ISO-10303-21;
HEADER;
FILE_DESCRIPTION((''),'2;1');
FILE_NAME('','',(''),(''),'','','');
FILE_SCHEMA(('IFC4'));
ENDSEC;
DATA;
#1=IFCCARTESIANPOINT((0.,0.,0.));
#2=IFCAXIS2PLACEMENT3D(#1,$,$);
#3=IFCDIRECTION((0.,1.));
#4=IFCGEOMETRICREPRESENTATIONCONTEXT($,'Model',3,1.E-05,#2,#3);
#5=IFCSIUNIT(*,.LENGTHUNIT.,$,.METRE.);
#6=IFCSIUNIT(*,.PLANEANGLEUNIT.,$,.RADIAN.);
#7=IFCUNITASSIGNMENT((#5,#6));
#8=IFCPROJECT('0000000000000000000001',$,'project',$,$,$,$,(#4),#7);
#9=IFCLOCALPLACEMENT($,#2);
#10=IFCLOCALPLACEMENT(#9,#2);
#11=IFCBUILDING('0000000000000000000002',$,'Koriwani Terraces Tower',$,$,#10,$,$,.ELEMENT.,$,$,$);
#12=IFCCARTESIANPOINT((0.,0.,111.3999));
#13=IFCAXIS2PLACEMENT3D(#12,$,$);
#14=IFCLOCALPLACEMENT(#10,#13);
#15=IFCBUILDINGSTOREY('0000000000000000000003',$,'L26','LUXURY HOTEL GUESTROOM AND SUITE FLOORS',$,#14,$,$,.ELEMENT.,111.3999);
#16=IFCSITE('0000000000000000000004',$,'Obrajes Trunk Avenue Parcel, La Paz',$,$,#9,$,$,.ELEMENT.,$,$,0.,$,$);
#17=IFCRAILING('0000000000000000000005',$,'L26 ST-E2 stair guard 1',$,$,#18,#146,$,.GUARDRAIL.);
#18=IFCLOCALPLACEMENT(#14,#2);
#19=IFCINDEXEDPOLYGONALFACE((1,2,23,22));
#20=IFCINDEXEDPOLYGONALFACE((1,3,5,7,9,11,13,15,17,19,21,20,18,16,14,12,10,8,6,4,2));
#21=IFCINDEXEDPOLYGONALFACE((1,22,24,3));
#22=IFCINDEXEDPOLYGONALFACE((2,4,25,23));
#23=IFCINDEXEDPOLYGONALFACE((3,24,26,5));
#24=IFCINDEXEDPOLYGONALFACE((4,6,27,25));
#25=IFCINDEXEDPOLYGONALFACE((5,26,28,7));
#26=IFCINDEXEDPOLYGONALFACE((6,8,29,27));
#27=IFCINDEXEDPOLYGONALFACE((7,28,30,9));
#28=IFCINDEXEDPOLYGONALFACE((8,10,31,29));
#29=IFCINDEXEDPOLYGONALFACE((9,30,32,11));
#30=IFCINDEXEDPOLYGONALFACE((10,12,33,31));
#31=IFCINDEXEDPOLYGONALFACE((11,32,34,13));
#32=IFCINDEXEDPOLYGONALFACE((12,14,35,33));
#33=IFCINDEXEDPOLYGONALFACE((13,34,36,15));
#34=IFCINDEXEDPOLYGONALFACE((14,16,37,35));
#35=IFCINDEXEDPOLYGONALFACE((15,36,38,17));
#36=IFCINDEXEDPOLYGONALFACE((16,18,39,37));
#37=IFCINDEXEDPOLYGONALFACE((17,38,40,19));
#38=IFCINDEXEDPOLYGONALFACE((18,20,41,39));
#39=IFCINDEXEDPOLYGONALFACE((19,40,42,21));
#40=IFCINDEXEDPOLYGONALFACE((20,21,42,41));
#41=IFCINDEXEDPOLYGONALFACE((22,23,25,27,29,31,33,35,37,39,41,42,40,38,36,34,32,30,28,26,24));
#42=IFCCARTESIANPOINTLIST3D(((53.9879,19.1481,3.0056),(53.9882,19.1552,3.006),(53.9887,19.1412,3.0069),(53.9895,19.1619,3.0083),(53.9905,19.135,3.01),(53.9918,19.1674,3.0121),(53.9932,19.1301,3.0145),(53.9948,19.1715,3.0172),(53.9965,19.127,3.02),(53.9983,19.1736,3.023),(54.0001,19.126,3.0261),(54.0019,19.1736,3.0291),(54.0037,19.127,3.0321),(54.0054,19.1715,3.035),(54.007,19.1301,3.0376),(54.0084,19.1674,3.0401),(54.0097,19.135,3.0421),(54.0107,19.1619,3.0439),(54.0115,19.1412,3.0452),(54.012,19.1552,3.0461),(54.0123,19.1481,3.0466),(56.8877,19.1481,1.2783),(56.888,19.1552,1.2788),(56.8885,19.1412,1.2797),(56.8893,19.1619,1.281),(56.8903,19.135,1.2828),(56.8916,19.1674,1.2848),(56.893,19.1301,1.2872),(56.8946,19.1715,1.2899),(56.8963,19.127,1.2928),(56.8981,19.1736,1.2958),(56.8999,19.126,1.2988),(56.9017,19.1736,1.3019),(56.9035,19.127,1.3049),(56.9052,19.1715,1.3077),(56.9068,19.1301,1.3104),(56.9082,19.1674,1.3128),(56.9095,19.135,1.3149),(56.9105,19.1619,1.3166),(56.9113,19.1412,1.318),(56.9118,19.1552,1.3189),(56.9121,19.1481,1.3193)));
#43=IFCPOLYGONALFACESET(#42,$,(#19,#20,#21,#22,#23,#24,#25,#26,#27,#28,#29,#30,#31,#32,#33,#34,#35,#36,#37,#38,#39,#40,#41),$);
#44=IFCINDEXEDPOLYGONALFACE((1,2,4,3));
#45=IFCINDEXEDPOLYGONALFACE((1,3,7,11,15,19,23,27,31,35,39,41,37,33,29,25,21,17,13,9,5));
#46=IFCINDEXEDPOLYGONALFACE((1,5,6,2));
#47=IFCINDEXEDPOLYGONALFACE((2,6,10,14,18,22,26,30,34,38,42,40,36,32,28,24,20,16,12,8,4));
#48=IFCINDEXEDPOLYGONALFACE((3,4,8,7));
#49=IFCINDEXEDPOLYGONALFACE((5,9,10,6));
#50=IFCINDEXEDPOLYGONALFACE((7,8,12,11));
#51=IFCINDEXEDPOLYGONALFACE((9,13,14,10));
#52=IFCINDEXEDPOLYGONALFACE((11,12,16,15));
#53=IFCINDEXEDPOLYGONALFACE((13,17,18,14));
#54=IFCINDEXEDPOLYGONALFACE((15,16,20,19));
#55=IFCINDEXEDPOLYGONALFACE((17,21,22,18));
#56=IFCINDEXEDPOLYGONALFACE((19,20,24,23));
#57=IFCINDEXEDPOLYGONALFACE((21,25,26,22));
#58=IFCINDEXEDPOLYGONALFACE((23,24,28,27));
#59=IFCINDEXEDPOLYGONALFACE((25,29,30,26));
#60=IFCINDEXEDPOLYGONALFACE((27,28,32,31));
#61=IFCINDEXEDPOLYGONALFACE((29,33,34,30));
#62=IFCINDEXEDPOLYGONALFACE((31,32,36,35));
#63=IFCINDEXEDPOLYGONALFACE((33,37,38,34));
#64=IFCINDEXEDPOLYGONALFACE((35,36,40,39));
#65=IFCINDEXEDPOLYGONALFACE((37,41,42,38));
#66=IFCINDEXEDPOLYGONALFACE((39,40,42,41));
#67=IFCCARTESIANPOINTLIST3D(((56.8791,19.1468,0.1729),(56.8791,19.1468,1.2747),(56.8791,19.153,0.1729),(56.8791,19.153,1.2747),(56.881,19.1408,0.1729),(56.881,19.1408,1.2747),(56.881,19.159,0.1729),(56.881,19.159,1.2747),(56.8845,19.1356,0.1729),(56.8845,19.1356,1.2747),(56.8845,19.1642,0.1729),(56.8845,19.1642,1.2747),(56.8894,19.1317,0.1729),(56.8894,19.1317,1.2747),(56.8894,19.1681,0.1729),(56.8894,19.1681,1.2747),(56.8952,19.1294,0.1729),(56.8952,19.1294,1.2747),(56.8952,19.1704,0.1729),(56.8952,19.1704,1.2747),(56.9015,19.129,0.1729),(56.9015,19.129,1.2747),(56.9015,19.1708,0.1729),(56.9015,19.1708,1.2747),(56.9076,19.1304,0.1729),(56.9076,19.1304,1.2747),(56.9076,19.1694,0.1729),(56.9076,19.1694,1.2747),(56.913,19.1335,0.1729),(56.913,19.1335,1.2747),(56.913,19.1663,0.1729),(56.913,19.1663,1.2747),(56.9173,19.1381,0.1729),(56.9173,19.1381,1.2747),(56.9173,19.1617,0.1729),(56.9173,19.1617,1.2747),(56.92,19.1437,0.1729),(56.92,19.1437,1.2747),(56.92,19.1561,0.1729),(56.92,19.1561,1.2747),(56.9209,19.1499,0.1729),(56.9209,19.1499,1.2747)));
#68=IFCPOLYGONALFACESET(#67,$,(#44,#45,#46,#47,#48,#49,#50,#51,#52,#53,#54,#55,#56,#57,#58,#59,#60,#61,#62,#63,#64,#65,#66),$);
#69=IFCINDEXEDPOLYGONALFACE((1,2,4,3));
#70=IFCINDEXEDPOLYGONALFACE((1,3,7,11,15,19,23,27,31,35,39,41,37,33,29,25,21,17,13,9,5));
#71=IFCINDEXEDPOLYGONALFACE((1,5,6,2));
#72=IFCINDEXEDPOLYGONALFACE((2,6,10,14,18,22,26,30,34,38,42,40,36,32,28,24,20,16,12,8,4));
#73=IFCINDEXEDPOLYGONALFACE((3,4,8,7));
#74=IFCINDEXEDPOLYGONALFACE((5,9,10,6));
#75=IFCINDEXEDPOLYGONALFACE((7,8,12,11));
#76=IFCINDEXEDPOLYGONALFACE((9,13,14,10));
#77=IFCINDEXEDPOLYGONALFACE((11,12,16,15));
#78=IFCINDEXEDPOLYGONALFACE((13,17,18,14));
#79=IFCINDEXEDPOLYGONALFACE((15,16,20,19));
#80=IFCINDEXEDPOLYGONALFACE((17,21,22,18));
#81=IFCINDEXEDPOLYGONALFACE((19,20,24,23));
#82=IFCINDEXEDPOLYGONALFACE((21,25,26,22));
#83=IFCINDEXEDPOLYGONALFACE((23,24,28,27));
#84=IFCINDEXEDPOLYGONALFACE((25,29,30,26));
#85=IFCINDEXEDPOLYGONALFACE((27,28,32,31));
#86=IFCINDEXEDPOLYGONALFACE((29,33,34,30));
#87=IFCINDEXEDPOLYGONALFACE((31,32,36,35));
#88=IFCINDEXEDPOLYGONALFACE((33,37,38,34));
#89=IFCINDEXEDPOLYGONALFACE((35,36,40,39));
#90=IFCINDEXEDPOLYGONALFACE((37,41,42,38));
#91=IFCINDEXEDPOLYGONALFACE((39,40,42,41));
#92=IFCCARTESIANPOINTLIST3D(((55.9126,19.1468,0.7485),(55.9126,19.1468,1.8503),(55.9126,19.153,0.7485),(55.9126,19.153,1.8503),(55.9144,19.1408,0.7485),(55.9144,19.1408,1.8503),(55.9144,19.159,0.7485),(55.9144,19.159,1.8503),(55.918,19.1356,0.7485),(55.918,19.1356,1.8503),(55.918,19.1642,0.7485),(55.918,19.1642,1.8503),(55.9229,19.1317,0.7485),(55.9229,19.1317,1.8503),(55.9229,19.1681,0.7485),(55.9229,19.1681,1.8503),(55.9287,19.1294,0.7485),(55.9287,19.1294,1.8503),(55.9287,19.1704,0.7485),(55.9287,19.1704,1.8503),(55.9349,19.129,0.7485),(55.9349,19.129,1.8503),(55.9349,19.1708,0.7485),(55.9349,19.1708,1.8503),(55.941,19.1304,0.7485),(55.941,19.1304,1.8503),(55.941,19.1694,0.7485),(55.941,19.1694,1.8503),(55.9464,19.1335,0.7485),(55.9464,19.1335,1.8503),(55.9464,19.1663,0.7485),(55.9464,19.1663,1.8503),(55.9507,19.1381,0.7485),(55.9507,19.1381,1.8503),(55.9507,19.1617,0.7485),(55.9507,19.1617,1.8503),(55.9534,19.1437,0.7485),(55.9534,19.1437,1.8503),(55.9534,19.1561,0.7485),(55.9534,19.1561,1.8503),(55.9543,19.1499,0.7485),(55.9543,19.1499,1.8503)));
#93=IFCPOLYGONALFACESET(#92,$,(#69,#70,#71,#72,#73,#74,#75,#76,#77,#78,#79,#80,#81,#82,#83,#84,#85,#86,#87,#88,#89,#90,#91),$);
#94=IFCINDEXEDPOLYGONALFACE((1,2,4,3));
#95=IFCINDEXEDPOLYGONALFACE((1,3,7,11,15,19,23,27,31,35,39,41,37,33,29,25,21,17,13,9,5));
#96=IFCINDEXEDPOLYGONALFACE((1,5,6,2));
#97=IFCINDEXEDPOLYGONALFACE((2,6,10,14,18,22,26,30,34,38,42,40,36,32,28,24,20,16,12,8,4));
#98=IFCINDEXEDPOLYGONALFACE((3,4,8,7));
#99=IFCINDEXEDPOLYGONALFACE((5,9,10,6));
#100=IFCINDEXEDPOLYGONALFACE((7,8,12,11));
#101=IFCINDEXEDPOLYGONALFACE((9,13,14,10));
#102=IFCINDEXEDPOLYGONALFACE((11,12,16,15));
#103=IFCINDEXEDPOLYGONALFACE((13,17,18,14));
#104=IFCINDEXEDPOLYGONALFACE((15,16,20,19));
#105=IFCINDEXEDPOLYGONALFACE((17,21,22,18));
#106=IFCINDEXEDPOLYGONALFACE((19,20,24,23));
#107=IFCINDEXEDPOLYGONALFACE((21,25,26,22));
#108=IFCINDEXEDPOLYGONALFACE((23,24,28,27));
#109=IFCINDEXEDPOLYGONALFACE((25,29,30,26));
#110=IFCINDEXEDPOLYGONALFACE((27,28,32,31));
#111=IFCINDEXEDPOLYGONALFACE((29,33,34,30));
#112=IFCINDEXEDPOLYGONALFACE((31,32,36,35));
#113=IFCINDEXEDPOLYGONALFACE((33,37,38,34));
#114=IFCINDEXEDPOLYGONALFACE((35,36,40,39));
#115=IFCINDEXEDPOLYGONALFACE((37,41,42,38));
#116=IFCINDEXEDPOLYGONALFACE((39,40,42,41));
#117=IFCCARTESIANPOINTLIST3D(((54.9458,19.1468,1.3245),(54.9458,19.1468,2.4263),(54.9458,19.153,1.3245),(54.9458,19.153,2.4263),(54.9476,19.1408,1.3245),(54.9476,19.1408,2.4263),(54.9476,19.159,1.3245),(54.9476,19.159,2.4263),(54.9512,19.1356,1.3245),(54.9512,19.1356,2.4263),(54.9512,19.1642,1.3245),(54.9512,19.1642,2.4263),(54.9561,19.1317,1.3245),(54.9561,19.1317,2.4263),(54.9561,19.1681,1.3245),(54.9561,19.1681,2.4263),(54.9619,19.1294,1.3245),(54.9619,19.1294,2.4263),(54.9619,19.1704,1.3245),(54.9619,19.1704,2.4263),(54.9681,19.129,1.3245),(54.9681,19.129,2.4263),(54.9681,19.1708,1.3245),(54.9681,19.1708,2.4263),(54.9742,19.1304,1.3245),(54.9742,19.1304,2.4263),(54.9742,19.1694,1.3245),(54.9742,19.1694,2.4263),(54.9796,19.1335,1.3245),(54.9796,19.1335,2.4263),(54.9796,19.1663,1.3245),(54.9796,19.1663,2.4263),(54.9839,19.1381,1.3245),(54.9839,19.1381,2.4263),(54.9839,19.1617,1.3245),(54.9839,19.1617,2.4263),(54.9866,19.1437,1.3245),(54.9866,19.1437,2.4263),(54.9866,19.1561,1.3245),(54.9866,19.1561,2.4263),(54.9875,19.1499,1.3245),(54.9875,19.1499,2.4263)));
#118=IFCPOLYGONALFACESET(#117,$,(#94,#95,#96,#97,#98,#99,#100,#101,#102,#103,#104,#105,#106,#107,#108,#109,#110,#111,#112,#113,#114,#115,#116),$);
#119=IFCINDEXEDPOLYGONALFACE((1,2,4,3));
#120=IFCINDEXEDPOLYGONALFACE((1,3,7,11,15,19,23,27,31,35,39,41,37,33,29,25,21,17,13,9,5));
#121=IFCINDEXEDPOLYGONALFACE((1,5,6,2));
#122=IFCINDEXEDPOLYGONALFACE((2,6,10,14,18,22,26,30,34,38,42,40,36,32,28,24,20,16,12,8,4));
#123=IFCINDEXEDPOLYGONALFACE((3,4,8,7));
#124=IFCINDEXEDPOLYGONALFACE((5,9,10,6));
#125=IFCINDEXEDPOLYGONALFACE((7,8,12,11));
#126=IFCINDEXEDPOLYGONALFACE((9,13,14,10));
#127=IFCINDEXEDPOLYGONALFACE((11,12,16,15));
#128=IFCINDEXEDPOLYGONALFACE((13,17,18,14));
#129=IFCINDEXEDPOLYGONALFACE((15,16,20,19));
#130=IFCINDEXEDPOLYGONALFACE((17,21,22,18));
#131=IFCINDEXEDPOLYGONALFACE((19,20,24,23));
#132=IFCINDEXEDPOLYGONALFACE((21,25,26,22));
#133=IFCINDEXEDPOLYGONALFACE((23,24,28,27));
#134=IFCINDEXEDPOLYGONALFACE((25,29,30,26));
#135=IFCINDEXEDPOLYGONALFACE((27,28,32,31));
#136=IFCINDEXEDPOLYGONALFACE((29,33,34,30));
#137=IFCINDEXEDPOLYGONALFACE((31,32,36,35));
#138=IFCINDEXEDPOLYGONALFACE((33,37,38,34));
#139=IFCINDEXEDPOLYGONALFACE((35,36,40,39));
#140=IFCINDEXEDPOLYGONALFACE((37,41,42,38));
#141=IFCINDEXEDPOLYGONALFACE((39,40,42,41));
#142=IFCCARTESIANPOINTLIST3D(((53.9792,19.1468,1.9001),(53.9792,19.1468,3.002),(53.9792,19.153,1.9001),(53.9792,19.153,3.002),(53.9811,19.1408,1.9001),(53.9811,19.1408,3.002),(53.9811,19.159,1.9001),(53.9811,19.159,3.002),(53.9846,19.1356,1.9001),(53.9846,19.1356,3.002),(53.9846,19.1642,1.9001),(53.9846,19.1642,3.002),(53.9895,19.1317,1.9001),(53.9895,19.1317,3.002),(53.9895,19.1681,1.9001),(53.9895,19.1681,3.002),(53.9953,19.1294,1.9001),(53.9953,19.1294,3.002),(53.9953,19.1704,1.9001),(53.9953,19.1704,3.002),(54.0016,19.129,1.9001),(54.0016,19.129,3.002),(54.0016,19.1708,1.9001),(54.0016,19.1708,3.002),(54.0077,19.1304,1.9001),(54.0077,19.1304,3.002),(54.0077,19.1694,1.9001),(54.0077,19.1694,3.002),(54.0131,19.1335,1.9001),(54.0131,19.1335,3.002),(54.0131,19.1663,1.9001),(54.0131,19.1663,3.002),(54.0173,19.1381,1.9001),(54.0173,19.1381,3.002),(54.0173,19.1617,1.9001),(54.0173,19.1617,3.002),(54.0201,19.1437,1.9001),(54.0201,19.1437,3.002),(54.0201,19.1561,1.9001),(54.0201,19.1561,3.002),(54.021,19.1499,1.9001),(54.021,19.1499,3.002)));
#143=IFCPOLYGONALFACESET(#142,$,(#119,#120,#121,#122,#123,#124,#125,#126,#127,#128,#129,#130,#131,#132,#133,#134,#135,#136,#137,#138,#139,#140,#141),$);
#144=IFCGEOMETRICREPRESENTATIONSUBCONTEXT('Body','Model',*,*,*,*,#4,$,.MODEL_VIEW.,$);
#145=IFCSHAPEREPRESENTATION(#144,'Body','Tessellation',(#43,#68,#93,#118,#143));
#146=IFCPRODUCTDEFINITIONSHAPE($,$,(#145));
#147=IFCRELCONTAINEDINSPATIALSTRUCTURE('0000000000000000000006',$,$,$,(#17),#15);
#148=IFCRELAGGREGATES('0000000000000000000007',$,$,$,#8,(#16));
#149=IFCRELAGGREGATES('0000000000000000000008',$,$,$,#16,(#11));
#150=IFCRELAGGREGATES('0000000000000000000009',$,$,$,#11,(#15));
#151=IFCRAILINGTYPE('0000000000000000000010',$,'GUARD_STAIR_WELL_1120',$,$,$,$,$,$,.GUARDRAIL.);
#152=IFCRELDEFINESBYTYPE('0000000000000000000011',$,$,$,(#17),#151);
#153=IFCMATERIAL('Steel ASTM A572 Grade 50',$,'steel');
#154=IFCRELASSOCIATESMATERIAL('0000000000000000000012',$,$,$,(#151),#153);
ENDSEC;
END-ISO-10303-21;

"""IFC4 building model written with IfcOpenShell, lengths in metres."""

from ifc_helpers import new_model, si_unit, direction, frame, origin, origin_2d, place, context, subcontext, project, spatial, circle, extrude, material, type_object, element, save


model = new_model("IFC4")

# Units and contexts
model_context = context("Model", 3, precision=1e-05, world=origin(), true_north=direction((0.0, 1.0)))
body_context = subcontext(model_context, "Body", "Model", "MODEL_VIEW")
ifc_project = project(units=[si_unit("LENGTHUNIT", "METRE"), si_unit("PLANEANGLEUNIT", "RADIAN")], contexts=[model_context])

# Site, building, storey
site_placement = place(None, origin())
site = spatial("IfcSite", under=ifc_project, at=site_placement, Name="Obrajes Trunk Avenue Parcel, La Paz", CompositionType="ELEMENT", RefElevation=0.0)
building_placement = place(site_placement, origin())
building = spatial("IfcBuilding", under=site, at=building_placement, Name="Koriwani Terraces Tower", CompositionType="ELEMENT")
storey_placement = place(building_placement, frame((0.0, 0.0, 111.3999)))
storey = spatial("IfcBuildingStorey", under=building, at=storey_placement, Name="L26", Description="LUXURY HOTEL GUESTROOM AND SUITE FLOORS", CompositionType="ELEMENT", Elevation=111.3999)

# Shared definitions
ifc_material_1 = material(Name="Steel ASTM A572 Grade 50", Category="steel")

# Railing
railing_type_1 = type_object("IfcRailingType", Name="GUARD_STAIR_WELL_1120", PredefinedType="GUARDRAIL", material=ifc_material_1)
railing_1_placement = place(storey_placement, frame((56.8999, 19.1499, 0.1729)))
element("IfcRailing", 1, at=railing_1_placement, inside=storey, type_object=railing_type_1, Name="L26 ST-E2 stair guard 1", PredefinedType="GUARDRAIL", context=body_context, shape_type="SweptSolid", body=[
    extrude(circle(Radius=0.0239, at=origin_2d()), frame((0.0, 0.0, 1.126), z_axis=(-0.859141, 0.0, 0.511738), x_axis=(0.0, -1.0, 0.0)), (0.0, 0.0, 1.0), 3.3752),
    extrude(circle(Radius=0.021, at=origin_2d()), origin(), (0.0, 0.0, 1.0), 1.1018),
    extrude(circle(Radius=0.021, at=origin_2d()), frame((-0.9666, 0.0, 0.5757)), (0.0, 0.0, 1.0), 1.1018),
    extrude(circle(Radius=0.021, at=origin_2d()), frame((-1.9333, 0.0, 1.1516)), (0.0, 0.0, 1.0), 1.1018),
    extrude(circle(Radius=0.021, at=origin_2d()), frame((-2.8999, 0.0, 1.7273)), (0.0, 0.0, 1.0), 1.1018),
])

save(model, "model.ifc")
